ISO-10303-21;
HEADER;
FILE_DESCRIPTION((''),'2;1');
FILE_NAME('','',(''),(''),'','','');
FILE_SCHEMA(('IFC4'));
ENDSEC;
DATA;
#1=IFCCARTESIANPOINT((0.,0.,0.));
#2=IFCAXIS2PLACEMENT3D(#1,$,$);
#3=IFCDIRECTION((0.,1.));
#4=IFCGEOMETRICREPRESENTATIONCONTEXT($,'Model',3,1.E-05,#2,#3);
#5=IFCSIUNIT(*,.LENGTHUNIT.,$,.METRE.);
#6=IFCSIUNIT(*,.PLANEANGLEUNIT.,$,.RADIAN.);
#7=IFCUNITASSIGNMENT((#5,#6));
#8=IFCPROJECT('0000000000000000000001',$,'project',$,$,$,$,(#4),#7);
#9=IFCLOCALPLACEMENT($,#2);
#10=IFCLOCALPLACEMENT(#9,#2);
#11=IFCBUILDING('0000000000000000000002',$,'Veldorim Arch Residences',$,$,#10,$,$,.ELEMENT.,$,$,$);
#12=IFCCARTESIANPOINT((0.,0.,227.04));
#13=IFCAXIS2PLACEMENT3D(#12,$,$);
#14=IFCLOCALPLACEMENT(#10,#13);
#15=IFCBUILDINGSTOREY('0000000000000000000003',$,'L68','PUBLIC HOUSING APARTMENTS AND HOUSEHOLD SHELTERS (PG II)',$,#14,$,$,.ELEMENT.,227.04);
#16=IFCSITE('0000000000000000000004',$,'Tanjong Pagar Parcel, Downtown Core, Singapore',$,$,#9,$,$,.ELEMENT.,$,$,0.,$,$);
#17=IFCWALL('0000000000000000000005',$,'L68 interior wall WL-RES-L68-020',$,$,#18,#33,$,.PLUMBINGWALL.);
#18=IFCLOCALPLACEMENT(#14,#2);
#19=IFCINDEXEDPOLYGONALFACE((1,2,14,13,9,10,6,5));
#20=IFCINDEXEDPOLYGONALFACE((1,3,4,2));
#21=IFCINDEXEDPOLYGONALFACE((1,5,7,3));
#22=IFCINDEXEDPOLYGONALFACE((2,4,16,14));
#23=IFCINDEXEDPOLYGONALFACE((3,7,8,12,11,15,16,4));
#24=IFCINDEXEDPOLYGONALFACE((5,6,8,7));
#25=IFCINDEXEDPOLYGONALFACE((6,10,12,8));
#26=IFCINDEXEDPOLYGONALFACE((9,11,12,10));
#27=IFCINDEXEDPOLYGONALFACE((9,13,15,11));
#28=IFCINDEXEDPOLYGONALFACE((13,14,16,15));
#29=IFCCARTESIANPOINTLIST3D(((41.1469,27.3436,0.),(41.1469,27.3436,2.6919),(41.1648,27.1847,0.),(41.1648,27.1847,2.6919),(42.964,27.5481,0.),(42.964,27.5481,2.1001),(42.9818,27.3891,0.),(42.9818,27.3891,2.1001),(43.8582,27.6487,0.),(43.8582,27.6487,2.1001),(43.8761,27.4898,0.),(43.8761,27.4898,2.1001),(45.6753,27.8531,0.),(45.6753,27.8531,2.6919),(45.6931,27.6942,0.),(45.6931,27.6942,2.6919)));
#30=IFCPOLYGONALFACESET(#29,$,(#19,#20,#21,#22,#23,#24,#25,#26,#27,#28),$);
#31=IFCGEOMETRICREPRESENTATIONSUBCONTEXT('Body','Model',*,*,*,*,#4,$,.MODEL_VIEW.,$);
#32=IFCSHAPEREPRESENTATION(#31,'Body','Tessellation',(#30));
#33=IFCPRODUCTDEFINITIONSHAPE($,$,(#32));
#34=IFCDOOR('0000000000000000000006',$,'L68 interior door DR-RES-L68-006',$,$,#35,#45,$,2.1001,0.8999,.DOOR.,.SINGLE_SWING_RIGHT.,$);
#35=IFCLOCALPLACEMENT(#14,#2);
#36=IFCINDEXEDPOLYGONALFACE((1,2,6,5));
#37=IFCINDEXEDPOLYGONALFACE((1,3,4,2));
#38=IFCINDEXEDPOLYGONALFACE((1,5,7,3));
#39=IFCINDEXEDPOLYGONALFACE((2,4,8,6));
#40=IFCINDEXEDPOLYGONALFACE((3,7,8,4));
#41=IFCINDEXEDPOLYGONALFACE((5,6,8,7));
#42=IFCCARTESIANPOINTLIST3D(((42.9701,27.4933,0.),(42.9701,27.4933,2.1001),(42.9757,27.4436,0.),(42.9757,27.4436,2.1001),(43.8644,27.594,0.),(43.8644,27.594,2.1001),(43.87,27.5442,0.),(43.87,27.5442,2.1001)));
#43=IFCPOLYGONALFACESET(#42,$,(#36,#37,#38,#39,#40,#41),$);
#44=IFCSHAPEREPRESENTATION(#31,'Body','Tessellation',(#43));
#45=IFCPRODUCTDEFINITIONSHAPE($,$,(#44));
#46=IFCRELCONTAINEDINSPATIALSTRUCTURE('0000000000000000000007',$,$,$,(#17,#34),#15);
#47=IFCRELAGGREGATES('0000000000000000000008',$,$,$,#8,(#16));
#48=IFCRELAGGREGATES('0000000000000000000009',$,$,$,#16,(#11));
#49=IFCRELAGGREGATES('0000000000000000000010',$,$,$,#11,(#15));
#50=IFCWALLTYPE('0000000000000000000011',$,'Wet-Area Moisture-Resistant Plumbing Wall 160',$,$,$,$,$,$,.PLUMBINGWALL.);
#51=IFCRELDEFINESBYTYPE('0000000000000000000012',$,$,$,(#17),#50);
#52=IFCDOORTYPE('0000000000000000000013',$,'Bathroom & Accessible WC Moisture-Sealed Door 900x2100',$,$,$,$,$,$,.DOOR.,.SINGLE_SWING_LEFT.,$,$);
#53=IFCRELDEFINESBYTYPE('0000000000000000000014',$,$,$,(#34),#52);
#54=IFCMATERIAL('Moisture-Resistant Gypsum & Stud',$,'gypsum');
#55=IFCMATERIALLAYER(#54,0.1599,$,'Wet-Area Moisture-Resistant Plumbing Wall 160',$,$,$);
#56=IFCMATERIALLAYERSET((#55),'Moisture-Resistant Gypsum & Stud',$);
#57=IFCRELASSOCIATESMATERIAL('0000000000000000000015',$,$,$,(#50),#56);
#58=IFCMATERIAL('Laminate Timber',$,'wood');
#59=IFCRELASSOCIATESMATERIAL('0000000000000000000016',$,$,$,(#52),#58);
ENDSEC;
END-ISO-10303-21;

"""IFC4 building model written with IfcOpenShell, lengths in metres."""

from ifc_helpers import new_model, si_unit, direction, frame, frame_2d, origin, place, context, subcontext, project, spatial, rectangle, extrude, material, layer, layer_set, type_object, element, fill, save


model = new_model("IFC4")

# Units and contexts
model_context = context("Model", 3, precision=1e-05, world=origin(), true_north=direction((0.0, 1.0)))
body_context = subcontext(model_context, "Body", "Model", "MODEL_VIEW")
ifc_project = project(units=[si_unit("LENGTHUNIT", "METRE"), si_unit("PLANEANGLEUNIT", "RADIAN")], contexts=[model_context])

# Site, building, storey
site_placement = place(None, origin())
site = spatial("IfcSite", under=ifc_project, at=site_placement, Name="Tanjong Pagar Parcel, Downtown Core, Singapore", CompositionType="ELEMENT", RefElevation=0.0)
building_placement = place(site_placement, origin())
building = spatial("IfcBuilding", under=site, at=building_placement, Name="Veldorim Arch Residences", CompositionType="ELEMENT")
storey_placement = place(building_placement, frame((0.0, 0.0, 227.04)))
storey = spatial("IfcBuildingStorey", under=building, at=storey_placement, Name="L68", Description="PUBLIC HOUSING APARTMENTS AND HOUSEHOLD SHELTERS (PG II)", CompositionType="ELEMENT", Elevation=227.04)

# Wall, opening, door
ifc_material_1 = material(Name="Moisture-Resistant Gypsum & Stud", Category="gypsum")
ifc_layer_1 = layer(ifc_material_1, 0.1599, Name="Wet-Area Moisture-Resistant Plumbing Wall 160")
ifc_layer_set_1 = layer_set([ifc_layer_1], Name="Moisture-Resistant Gypsum & Stud")
wall_type_1 = type_object("IfcWallType", Name="Wet-Area Moisture-Resistant Plumbing Wall 160", PredefinedType="PLUMBINGWALL", material=ifc_layer_set_1)
wall_1_placement = place(storey_placement, frame((41.156, 27.2642, 0.0), z_axis=(0.0, 0.0, 1.0), x_axis=(0.993729, 0.111813, 0.0)))
wall_1 = element("IfcWall", 1, at=wall_1_placement, inside=storey, type_object=wall_type_1, Name="L68 interior wall WL-RES-L68-020", PredefinedType="PLUMBINGWALL", context=body_context, shape_type="SweptSolid", body=[
    extrude(rectangle(XDim=4.5569, YDim=0.1599, at=frame_2d((2.2783, 0.0))), origin(), (0.0, 0.0, 1.0), 2.6919),
])
opening_1_placement = place(wall_1_placement, frame((1.8284, 0.0, 0.0)))
opening_1 = element("IfcOpeningElement", 2, at=opening_1_placement, cuts=wall_1, PredefinedType="OPENING", context=body_context, shape_type="SweptSolid", body=[
    extrude(rectangle(XDim=0.8999, YDim=2.1001, at=frame_2d((0.45, 1.05))), frame((0.0, 0.0898, 0.0), z_axis=(0.0, -1.0, 0.0), x_axis=(1.0, 0.0, 0.0)), (0.0, 0.0, 1.0), 0.1799),
])
ifc_material_2 = material(Name="Laminate Timber", Category="wood")
door_type = type_object("IfcDoorType", Name="Bathroom & Accessible WC Moisture-Sealed Door 900x2100", OperationType="SINGLE_SWING_LEFT", PredefinedType="DOOR", material=ifc_material_2)
door_placement = place(opening_1_placement, origin())
door = element("IfcDoor", 3, at=door_placement, inside=storey, type_object=door_type, Name="L68 interior door DR-RES-L68-006", OperationType="SINGLE_SWING_RIGHT", OverallHeight=2.1001, OverallWidth=0.8999, PredefinedType="DOOR", context=body_context, shape_type="SweptSolid", body=[
    extrude(rectangle(XDim=0.8999, YDim=2.1001, at=frame_2d((0.45, 1.05))), frame((0.0, 0.0249, 0.0), z_axis=(0.0, -1.0, 0.0), x_axis=(1.0, 0.0, 0.0)), (0.0, 0.0, 1.0), 0.05),
])
fill(opening_1, door)

save(model, "model.ifc")
